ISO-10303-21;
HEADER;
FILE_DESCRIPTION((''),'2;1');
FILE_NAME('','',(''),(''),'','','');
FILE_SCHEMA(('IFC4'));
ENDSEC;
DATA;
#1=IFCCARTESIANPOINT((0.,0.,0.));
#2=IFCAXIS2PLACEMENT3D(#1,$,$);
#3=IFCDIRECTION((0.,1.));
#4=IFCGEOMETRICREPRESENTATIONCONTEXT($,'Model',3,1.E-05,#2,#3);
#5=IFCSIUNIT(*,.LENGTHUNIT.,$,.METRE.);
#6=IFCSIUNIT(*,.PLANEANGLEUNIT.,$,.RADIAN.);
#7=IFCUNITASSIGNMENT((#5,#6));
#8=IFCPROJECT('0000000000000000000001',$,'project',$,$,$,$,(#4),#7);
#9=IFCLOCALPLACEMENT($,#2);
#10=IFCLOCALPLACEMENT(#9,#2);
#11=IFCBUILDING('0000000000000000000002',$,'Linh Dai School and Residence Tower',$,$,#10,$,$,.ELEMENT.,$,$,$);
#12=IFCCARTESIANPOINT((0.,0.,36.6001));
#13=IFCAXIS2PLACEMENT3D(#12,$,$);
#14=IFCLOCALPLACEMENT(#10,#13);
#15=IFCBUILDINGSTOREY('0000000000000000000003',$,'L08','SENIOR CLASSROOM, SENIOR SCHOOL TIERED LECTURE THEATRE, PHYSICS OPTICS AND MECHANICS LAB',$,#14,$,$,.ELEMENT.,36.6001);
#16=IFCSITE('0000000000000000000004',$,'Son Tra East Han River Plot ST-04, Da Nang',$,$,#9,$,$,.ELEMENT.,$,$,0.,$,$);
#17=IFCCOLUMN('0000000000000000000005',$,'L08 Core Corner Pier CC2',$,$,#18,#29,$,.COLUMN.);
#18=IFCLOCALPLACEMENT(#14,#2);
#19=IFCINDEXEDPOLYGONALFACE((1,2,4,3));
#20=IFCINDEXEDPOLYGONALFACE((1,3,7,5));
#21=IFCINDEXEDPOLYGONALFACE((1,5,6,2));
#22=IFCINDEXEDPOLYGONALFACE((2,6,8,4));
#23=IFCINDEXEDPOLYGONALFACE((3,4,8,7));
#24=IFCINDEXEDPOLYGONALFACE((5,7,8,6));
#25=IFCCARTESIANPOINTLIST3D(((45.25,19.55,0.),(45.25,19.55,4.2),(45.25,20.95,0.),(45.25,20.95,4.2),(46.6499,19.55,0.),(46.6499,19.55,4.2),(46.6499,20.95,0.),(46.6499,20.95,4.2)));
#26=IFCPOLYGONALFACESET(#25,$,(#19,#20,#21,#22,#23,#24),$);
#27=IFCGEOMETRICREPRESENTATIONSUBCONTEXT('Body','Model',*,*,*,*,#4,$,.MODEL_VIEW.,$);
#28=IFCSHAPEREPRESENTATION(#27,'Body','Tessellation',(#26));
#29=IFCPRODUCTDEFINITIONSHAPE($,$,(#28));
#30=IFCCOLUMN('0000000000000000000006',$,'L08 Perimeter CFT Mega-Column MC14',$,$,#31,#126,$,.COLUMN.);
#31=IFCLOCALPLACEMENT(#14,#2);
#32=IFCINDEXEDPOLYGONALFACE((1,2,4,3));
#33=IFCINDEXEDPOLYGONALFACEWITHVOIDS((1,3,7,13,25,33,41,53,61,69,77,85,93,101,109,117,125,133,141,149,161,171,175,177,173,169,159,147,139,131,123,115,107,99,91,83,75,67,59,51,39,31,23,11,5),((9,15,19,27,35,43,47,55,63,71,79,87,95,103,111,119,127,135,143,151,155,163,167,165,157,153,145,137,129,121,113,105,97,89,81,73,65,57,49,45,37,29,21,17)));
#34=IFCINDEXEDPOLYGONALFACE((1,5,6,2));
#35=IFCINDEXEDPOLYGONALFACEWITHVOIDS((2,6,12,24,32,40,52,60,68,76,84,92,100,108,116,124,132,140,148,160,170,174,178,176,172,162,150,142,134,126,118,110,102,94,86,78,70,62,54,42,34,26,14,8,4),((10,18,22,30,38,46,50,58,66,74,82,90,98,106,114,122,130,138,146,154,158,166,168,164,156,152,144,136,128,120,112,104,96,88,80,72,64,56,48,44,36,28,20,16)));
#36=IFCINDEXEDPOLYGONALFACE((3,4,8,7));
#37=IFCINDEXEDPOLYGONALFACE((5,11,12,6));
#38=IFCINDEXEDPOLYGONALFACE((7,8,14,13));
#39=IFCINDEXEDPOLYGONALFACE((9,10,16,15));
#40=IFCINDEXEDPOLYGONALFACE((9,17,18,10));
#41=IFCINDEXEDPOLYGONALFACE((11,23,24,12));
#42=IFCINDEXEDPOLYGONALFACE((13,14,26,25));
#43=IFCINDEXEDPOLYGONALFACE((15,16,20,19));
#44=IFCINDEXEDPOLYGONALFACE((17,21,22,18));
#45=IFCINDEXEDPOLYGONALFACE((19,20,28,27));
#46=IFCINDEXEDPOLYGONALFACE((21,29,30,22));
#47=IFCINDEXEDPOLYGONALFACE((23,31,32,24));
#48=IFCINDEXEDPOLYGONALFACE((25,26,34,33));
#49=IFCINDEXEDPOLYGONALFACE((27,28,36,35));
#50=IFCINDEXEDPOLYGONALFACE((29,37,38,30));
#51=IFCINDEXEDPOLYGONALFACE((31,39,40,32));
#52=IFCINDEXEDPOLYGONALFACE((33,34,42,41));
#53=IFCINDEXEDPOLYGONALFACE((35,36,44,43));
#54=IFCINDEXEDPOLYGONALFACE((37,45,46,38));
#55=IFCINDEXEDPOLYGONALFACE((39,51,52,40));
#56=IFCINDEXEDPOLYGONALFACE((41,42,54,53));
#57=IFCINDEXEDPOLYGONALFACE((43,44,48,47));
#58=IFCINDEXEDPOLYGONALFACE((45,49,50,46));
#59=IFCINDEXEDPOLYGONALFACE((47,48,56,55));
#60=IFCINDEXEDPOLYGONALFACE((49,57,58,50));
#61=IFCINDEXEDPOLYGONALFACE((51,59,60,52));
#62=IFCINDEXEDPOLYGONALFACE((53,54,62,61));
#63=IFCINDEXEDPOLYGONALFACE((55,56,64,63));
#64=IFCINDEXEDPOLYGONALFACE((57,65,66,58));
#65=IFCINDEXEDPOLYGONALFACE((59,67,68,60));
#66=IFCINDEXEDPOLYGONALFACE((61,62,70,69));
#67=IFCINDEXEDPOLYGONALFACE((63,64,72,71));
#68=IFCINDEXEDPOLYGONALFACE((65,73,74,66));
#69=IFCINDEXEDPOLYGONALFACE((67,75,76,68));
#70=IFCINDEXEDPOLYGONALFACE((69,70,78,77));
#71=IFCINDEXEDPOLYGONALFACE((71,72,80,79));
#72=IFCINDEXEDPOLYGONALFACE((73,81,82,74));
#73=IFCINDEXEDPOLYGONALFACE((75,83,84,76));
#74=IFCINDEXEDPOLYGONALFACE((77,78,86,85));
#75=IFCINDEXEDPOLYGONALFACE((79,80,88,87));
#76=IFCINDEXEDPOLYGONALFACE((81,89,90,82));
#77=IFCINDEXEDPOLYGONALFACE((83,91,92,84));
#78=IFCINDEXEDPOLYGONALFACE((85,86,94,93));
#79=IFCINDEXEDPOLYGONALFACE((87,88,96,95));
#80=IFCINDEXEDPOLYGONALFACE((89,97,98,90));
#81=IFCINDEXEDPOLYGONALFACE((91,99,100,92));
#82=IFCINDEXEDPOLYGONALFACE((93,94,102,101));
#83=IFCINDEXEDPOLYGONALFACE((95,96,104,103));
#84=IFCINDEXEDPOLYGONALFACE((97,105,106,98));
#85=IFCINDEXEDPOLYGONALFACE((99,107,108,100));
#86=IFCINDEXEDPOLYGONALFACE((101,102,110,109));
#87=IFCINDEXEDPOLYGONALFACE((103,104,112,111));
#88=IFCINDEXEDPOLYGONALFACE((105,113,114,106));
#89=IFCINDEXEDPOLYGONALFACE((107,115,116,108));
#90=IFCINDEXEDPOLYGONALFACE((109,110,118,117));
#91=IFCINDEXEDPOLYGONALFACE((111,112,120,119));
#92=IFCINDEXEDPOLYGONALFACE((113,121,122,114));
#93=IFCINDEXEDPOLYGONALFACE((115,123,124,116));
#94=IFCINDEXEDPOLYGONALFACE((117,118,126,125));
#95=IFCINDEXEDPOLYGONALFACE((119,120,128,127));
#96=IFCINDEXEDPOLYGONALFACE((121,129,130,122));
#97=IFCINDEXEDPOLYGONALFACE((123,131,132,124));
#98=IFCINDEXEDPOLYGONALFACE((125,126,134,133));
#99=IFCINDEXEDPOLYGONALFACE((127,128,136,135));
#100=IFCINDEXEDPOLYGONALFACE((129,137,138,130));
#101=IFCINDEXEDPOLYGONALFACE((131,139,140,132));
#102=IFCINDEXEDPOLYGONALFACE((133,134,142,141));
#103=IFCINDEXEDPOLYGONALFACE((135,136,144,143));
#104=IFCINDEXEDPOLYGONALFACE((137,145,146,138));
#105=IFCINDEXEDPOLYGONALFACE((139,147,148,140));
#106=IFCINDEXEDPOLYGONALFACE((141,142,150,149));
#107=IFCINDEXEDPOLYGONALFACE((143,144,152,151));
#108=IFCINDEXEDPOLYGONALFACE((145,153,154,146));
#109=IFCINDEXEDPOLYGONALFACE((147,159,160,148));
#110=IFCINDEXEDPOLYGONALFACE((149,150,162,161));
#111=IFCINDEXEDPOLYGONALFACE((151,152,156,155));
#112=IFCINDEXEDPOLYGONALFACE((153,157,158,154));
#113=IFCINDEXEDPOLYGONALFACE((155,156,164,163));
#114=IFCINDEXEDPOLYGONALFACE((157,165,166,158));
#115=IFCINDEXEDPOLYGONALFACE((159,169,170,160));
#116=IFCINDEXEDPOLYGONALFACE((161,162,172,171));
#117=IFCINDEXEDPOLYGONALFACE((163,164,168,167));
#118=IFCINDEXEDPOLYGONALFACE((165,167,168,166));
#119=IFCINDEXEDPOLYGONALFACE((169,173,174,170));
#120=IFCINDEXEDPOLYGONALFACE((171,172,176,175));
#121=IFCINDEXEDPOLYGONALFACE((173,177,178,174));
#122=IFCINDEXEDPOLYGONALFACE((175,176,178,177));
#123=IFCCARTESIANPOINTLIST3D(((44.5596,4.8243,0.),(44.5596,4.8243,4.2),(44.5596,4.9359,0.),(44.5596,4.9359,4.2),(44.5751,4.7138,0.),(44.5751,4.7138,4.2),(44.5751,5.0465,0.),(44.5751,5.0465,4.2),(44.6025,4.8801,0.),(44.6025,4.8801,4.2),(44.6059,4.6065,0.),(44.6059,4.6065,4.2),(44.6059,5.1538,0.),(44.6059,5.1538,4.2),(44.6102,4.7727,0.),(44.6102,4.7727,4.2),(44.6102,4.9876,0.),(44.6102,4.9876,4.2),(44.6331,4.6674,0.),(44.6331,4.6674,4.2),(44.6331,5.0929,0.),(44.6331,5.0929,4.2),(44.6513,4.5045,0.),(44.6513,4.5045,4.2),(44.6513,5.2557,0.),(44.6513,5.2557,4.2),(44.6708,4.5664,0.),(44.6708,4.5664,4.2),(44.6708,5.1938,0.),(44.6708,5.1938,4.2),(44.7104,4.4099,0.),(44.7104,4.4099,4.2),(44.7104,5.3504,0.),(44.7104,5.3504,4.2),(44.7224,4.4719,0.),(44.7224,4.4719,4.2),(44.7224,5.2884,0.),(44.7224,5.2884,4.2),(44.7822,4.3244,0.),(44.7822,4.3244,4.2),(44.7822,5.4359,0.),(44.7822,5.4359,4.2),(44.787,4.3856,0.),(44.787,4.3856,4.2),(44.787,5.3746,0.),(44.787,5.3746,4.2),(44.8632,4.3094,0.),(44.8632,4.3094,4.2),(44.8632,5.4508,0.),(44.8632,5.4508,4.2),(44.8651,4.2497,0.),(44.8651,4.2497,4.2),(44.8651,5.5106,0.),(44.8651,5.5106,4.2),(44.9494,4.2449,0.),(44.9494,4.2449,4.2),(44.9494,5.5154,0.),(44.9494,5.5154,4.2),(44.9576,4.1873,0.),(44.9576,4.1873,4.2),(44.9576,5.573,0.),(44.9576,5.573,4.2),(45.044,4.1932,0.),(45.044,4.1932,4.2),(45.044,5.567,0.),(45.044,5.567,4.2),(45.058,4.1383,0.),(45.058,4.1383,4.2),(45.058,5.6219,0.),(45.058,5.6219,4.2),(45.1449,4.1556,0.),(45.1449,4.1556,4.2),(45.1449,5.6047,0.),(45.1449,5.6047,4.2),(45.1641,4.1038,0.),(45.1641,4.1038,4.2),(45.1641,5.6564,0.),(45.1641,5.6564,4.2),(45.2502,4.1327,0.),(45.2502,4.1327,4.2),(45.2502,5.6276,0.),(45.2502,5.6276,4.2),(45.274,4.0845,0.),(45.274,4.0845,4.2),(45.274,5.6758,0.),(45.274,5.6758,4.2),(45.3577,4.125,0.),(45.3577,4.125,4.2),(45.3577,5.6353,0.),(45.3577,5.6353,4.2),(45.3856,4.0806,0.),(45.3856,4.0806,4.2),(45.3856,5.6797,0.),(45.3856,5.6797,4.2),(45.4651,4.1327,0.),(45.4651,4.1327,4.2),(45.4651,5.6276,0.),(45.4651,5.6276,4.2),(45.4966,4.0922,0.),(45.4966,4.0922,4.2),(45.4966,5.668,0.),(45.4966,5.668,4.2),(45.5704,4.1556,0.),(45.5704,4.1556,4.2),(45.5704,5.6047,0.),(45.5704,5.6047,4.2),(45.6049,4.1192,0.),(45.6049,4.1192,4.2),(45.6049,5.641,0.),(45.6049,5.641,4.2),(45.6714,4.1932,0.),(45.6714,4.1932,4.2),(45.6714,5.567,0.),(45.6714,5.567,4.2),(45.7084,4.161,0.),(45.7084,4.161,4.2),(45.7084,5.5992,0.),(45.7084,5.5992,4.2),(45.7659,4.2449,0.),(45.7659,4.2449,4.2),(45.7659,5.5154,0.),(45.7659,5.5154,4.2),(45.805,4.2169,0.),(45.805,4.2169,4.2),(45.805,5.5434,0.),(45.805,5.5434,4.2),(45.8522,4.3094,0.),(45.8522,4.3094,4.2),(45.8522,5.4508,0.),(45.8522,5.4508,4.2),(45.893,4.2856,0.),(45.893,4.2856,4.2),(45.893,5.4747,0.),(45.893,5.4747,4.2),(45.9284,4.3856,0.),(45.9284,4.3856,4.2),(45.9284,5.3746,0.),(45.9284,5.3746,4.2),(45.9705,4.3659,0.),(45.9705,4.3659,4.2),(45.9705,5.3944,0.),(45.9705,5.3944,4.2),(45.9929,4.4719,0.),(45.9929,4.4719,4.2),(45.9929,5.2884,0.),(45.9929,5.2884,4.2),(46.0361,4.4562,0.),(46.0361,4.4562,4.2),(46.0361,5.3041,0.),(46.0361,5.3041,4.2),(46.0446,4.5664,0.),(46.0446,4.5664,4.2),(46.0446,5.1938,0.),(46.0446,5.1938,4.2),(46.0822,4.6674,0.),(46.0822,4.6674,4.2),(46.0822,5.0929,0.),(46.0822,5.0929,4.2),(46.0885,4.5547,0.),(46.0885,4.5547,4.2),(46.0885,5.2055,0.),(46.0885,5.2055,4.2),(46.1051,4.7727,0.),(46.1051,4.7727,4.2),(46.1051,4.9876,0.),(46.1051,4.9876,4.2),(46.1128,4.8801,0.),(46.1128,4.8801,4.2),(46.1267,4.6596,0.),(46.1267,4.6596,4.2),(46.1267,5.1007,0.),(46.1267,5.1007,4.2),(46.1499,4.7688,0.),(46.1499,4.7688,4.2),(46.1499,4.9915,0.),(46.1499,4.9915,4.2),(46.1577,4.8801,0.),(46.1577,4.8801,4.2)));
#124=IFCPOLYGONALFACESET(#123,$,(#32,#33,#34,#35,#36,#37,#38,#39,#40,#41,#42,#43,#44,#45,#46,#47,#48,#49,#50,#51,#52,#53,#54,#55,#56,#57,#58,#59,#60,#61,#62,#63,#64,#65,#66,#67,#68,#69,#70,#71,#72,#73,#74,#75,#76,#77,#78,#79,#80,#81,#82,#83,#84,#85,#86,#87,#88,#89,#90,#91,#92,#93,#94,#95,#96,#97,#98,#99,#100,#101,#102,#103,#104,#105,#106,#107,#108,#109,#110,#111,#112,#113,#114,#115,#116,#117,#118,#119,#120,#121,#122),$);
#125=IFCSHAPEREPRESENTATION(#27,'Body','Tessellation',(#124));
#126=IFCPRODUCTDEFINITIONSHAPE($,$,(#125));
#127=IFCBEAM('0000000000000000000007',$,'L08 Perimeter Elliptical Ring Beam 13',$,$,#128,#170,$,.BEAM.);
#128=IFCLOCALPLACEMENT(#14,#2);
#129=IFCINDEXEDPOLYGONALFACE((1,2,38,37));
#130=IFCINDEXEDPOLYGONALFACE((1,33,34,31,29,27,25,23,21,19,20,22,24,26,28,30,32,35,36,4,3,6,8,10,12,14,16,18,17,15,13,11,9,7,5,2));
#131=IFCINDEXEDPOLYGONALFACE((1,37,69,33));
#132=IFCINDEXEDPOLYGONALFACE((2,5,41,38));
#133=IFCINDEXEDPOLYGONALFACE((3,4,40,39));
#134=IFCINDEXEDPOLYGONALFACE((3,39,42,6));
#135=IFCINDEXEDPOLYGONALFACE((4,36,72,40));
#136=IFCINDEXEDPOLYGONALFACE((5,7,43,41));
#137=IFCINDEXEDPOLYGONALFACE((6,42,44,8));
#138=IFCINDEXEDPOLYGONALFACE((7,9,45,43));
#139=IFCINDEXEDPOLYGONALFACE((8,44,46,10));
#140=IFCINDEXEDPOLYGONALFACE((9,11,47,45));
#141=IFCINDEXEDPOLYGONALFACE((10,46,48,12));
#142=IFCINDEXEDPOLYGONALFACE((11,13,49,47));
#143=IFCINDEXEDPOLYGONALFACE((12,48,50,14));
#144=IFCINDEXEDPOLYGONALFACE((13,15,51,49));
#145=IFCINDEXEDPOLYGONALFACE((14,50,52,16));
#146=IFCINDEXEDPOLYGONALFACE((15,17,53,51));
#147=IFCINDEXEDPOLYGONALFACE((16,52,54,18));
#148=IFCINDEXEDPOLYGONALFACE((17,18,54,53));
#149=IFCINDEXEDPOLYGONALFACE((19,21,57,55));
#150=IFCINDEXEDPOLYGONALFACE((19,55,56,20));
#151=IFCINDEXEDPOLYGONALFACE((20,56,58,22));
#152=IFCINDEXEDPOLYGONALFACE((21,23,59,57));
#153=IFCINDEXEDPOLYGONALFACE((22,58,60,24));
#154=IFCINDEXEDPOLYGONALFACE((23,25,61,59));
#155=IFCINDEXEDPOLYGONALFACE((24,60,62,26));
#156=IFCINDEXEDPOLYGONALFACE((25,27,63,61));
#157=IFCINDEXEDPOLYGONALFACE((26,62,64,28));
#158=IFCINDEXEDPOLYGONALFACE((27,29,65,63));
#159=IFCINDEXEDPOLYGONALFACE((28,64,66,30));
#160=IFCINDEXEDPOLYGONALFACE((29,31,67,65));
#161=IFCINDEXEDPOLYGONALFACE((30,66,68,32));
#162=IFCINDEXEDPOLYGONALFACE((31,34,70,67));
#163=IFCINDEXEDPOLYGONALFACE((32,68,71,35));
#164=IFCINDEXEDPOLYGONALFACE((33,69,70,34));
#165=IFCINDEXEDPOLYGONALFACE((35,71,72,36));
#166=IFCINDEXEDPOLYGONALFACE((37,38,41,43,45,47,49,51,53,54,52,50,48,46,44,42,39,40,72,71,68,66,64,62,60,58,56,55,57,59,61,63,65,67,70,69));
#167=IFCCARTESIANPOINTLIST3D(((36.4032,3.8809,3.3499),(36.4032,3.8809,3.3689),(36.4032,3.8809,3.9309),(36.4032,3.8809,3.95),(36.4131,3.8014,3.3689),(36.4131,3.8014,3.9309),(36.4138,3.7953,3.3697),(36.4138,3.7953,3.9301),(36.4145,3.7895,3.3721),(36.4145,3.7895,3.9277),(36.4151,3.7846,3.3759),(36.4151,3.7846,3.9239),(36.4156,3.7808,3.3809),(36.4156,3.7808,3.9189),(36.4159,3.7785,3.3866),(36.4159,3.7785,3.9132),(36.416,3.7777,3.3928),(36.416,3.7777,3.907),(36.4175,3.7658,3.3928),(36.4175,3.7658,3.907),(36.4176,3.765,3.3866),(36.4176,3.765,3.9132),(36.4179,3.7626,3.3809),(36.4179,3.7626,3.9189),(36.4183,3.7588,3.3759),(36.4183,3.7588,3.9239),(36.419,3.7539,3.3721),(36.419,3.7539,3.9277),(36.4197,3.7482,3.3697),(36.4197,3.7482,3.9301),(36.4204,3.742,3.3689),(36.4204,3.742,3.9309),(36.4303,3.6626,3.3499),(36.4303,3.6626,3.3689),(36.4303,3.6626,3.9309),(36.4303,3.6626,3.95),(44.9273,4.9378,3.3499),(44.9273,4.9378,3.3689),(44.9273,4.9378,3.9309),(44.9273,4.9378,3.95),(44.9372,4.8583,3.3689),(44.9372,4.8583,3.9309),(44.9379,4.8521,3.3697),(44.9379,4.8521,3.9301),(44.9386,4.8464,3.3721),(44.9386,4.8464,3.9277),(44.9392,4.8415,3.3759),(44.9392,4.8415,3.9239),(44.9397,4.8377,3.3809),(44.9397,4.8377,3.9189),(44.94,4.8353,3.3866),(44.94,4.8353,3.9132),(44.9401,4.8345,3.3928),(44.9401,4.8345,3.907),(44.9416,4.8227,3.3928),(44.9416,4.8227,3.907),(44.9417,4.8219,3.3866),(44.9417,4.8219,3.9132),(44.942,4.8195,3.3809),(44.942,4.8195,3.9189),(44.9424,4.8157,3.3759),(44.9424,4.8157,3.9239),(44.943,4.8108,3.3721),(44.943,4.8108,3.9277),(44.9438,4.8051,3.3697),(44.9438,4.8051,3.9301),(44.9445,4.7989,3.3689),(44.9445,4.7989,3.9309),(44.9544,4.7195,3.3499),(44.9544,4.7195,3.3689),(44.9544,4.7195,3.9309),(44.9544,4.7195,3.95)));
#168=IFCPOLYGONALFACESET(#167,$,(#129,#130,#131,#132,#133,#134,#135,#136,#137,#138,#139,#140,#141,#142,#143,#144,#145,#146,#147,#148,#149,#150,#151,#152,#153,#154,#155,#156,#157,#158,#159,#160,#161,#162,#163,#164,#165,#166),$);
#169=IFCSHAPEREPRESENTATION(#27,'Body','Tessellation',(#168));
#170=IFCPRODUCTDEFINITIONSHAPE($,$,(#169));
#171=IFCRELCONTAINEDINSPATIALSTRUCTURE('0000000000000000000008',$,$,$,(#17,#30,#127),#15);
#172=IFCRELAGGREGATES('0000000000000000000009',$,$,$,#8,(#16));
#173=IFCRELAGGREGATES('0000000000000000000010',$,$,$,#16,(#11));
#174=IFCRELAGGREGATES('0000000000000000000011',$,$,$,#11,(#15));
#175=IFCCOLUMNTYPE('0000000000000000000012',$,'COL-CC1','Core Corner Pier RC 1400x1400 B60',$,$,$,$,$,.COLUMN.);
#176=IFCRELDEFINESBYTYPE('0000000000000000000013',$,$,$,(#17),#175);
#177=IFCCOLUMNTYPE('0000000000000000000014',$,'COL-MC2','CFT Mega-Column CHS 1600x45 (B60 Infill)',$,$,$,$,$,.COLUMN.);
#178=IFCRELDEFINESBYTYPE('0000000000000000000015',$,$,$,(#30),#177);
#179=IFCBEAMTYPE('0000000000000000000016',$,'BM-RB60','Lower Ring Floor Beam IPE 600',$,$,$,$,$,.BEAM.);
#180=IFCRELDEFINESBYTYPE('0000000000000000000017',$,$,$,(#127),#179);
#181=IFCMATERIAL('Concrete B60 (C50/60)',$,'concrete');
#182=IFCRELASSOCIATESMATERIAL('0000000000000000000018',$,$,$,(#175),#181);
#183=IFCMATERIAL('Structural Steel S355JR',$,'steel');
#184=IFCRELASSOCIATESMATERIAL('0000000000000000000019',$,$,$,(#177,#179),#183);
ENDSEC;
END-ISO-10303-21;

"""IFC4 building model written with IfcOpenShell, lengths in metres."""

from ifc_helpers import new_model, si_unit, direction, frame, origin, origin_2d, place, context, subcontext, project, spatial, rectangle, hollow_circle, i_section, extrude, material, material_profile, profile_set, type_object, element, save


model = new_model("IFC4")

# Units and contexts
model_context = context("Model", 3, precision=1e-05, world=origin(), true_north=direction((0.0, 1.0)))
body_context = subcontext(model_context, "Body", "Model", "MODEL_VIEW")
ifc_project = project(units=[si_unit("LENGTHUNIT", "METRE"), si_unit("PLANEANGLEUNIT", "RADIAN")], contexts=[model_context])

# Site, building, storey
site_placement = place(None, origin())
site = spatial("IfcSite", under=ifc_project, at=site_placement, Name="Son Tra East Han River Plot ST-04, Da Nang", CompositionType="ELEMENT", RefElevation=0.0)
building_placement = place(site_placement, origin())
building = spatial("IfcBuilding", under=site, at=building_placement, Name="Linh Dai School and Residence Tower", CompositionType="ELEMENT")
storey_placement = place(building_placement, frame((0.0, 0.0, 36.6001)))
storey = spatial("IfcBuildingStorey", under=building, at=storey_placement, Name="L08", Description="SENIOR CLASSROOM, SENIOR SCHOOL TIERED LECTURE THEATRE, PHYSICS OPTICS AND MECHANICS LAB", CompositionType="ELEMENT", Elevation=36.6001)

# Columns
ifc_material_1 = material(Name="Concrete B60 (C50/60)", Category="concrete")
ifc_material_profile_1 = material_profile(ifc_material_1, rectangle(XDim=1.3999, YDim=1.3999, at=origin_2d()), Name="RC 1400x1400")
ifc_profile_set_1 = profile_set([ifc_material_profile_1], Name="Concrete B60 (C50/60)")
column_type_1 = type_object("IfcColumnType", Name="COL-CC1", Description="Core Corner Pier RC 1400x1400 B60", PredefinedType="COLUMN", material=ifc_profile_set_1)
column_1_placement = place(storey_placement, frame((45.95, 20.25, 0.0), z_axis=(0.0, 0.0, 1.0), x_axis=(1.0, 0.0, 0.0)))
element("IfcColumn", 1, at=column_1_placement, inside=storey, type_object=column_type_1, Name="L08 Core Corner Pier CC2", PredefinedType="COLUMN", context=body_context, shape_type="SweptSolid", body=[
    extrude(rectangle(XDim=1.3999, YDim=1.3999, at=origin_2d()), origin(), (0.0, 0.0, 1.0), 4.2),
])
ifc_material_2 = material(Name="Structural Steel S355JR", Category="steel")
ifc_material_profile_2 = material_profile(ifc_material_2, hollow_circle(Radius=0.8, WallThickness=0.0449, at=origin_2d()), Name="CHS 1600x45")
ifc_profile_set_2 = profile_set([ifc_material_profile_2], Name="Structural Steel S355JR")
column_type_2 = type_object("IfcColumnType", Name="COL-MC2", Description="CFT Mega-Column CHS 1600x45 (B60 Infill)", PredefinedType="COLUMN", material=ifc_profile_set_2)
column_2_placement = place(storey_placement, frame((45.3577, 4.8801, 0.0), z_axis=(0.0, 0.0, 1.0), x_axis=(1.0, 0.0, 0.0)))
element("IfcColumn", 2, at=column_2_placement, inside=storey, type_object=column_type_2, Name="L08 Perimeter CFT Mega-Column MC14", PredefinedType="COLUMN", context=body_context, shape_type="SweptSolid", body=[
    extrude(hollow_circle(Radius=0.8, WallThickness=0.0449, at=origin_2d()), origin(), (0.0, 0.0, 1.0), 4.2),
])

# Beam
ifc_material_profile_3 = material_profile(ifc_material_2, i_section(OverallWidth=0.22, OverallDepth=0.6001, WebThickness=0.012, FlangeThickness=0.019, FilletRadius=0.0239, at=origin_2d()), Name="IPE 600")
ifc_profile_set_3 = profile_set([ifc_material_profile_3], Name="Structural Steel S355JR")
beam_type_1 = type_object("IfcBeamType", Name="BM-RB60", Description="Lower Ring Floor Beam IPE 600", PredefinedType="BEAM", material=ifc_profile_set_3)
beam_1_placement = place(storey_placement, frame((36.4167, 3.7717, 3.6499), z_axis=(0.992401, 0.123045, 0.0), x_axis=(-0.123045, 0.992401, 0.0)))
element("IfcBeam", 3, at=beam_1_placement, inside=storey, type_object=beam_type_1, Name="L08 Perimeter Elliptical Ring Beam 13", PredefinedType="BEAM", context=body_context, shape_type="SweptSolid", body=[
    extrude(i_section(OverallWidth=0.22, OverallDepth=0.6001, WebThickness=0.012, FlangeThickness=0.019, FilletRadius=0.0239, at=origin_2d()), origin(), (0.0, 0.0, 1.0), 8.5894),
])

save(model, "model.ifc")
